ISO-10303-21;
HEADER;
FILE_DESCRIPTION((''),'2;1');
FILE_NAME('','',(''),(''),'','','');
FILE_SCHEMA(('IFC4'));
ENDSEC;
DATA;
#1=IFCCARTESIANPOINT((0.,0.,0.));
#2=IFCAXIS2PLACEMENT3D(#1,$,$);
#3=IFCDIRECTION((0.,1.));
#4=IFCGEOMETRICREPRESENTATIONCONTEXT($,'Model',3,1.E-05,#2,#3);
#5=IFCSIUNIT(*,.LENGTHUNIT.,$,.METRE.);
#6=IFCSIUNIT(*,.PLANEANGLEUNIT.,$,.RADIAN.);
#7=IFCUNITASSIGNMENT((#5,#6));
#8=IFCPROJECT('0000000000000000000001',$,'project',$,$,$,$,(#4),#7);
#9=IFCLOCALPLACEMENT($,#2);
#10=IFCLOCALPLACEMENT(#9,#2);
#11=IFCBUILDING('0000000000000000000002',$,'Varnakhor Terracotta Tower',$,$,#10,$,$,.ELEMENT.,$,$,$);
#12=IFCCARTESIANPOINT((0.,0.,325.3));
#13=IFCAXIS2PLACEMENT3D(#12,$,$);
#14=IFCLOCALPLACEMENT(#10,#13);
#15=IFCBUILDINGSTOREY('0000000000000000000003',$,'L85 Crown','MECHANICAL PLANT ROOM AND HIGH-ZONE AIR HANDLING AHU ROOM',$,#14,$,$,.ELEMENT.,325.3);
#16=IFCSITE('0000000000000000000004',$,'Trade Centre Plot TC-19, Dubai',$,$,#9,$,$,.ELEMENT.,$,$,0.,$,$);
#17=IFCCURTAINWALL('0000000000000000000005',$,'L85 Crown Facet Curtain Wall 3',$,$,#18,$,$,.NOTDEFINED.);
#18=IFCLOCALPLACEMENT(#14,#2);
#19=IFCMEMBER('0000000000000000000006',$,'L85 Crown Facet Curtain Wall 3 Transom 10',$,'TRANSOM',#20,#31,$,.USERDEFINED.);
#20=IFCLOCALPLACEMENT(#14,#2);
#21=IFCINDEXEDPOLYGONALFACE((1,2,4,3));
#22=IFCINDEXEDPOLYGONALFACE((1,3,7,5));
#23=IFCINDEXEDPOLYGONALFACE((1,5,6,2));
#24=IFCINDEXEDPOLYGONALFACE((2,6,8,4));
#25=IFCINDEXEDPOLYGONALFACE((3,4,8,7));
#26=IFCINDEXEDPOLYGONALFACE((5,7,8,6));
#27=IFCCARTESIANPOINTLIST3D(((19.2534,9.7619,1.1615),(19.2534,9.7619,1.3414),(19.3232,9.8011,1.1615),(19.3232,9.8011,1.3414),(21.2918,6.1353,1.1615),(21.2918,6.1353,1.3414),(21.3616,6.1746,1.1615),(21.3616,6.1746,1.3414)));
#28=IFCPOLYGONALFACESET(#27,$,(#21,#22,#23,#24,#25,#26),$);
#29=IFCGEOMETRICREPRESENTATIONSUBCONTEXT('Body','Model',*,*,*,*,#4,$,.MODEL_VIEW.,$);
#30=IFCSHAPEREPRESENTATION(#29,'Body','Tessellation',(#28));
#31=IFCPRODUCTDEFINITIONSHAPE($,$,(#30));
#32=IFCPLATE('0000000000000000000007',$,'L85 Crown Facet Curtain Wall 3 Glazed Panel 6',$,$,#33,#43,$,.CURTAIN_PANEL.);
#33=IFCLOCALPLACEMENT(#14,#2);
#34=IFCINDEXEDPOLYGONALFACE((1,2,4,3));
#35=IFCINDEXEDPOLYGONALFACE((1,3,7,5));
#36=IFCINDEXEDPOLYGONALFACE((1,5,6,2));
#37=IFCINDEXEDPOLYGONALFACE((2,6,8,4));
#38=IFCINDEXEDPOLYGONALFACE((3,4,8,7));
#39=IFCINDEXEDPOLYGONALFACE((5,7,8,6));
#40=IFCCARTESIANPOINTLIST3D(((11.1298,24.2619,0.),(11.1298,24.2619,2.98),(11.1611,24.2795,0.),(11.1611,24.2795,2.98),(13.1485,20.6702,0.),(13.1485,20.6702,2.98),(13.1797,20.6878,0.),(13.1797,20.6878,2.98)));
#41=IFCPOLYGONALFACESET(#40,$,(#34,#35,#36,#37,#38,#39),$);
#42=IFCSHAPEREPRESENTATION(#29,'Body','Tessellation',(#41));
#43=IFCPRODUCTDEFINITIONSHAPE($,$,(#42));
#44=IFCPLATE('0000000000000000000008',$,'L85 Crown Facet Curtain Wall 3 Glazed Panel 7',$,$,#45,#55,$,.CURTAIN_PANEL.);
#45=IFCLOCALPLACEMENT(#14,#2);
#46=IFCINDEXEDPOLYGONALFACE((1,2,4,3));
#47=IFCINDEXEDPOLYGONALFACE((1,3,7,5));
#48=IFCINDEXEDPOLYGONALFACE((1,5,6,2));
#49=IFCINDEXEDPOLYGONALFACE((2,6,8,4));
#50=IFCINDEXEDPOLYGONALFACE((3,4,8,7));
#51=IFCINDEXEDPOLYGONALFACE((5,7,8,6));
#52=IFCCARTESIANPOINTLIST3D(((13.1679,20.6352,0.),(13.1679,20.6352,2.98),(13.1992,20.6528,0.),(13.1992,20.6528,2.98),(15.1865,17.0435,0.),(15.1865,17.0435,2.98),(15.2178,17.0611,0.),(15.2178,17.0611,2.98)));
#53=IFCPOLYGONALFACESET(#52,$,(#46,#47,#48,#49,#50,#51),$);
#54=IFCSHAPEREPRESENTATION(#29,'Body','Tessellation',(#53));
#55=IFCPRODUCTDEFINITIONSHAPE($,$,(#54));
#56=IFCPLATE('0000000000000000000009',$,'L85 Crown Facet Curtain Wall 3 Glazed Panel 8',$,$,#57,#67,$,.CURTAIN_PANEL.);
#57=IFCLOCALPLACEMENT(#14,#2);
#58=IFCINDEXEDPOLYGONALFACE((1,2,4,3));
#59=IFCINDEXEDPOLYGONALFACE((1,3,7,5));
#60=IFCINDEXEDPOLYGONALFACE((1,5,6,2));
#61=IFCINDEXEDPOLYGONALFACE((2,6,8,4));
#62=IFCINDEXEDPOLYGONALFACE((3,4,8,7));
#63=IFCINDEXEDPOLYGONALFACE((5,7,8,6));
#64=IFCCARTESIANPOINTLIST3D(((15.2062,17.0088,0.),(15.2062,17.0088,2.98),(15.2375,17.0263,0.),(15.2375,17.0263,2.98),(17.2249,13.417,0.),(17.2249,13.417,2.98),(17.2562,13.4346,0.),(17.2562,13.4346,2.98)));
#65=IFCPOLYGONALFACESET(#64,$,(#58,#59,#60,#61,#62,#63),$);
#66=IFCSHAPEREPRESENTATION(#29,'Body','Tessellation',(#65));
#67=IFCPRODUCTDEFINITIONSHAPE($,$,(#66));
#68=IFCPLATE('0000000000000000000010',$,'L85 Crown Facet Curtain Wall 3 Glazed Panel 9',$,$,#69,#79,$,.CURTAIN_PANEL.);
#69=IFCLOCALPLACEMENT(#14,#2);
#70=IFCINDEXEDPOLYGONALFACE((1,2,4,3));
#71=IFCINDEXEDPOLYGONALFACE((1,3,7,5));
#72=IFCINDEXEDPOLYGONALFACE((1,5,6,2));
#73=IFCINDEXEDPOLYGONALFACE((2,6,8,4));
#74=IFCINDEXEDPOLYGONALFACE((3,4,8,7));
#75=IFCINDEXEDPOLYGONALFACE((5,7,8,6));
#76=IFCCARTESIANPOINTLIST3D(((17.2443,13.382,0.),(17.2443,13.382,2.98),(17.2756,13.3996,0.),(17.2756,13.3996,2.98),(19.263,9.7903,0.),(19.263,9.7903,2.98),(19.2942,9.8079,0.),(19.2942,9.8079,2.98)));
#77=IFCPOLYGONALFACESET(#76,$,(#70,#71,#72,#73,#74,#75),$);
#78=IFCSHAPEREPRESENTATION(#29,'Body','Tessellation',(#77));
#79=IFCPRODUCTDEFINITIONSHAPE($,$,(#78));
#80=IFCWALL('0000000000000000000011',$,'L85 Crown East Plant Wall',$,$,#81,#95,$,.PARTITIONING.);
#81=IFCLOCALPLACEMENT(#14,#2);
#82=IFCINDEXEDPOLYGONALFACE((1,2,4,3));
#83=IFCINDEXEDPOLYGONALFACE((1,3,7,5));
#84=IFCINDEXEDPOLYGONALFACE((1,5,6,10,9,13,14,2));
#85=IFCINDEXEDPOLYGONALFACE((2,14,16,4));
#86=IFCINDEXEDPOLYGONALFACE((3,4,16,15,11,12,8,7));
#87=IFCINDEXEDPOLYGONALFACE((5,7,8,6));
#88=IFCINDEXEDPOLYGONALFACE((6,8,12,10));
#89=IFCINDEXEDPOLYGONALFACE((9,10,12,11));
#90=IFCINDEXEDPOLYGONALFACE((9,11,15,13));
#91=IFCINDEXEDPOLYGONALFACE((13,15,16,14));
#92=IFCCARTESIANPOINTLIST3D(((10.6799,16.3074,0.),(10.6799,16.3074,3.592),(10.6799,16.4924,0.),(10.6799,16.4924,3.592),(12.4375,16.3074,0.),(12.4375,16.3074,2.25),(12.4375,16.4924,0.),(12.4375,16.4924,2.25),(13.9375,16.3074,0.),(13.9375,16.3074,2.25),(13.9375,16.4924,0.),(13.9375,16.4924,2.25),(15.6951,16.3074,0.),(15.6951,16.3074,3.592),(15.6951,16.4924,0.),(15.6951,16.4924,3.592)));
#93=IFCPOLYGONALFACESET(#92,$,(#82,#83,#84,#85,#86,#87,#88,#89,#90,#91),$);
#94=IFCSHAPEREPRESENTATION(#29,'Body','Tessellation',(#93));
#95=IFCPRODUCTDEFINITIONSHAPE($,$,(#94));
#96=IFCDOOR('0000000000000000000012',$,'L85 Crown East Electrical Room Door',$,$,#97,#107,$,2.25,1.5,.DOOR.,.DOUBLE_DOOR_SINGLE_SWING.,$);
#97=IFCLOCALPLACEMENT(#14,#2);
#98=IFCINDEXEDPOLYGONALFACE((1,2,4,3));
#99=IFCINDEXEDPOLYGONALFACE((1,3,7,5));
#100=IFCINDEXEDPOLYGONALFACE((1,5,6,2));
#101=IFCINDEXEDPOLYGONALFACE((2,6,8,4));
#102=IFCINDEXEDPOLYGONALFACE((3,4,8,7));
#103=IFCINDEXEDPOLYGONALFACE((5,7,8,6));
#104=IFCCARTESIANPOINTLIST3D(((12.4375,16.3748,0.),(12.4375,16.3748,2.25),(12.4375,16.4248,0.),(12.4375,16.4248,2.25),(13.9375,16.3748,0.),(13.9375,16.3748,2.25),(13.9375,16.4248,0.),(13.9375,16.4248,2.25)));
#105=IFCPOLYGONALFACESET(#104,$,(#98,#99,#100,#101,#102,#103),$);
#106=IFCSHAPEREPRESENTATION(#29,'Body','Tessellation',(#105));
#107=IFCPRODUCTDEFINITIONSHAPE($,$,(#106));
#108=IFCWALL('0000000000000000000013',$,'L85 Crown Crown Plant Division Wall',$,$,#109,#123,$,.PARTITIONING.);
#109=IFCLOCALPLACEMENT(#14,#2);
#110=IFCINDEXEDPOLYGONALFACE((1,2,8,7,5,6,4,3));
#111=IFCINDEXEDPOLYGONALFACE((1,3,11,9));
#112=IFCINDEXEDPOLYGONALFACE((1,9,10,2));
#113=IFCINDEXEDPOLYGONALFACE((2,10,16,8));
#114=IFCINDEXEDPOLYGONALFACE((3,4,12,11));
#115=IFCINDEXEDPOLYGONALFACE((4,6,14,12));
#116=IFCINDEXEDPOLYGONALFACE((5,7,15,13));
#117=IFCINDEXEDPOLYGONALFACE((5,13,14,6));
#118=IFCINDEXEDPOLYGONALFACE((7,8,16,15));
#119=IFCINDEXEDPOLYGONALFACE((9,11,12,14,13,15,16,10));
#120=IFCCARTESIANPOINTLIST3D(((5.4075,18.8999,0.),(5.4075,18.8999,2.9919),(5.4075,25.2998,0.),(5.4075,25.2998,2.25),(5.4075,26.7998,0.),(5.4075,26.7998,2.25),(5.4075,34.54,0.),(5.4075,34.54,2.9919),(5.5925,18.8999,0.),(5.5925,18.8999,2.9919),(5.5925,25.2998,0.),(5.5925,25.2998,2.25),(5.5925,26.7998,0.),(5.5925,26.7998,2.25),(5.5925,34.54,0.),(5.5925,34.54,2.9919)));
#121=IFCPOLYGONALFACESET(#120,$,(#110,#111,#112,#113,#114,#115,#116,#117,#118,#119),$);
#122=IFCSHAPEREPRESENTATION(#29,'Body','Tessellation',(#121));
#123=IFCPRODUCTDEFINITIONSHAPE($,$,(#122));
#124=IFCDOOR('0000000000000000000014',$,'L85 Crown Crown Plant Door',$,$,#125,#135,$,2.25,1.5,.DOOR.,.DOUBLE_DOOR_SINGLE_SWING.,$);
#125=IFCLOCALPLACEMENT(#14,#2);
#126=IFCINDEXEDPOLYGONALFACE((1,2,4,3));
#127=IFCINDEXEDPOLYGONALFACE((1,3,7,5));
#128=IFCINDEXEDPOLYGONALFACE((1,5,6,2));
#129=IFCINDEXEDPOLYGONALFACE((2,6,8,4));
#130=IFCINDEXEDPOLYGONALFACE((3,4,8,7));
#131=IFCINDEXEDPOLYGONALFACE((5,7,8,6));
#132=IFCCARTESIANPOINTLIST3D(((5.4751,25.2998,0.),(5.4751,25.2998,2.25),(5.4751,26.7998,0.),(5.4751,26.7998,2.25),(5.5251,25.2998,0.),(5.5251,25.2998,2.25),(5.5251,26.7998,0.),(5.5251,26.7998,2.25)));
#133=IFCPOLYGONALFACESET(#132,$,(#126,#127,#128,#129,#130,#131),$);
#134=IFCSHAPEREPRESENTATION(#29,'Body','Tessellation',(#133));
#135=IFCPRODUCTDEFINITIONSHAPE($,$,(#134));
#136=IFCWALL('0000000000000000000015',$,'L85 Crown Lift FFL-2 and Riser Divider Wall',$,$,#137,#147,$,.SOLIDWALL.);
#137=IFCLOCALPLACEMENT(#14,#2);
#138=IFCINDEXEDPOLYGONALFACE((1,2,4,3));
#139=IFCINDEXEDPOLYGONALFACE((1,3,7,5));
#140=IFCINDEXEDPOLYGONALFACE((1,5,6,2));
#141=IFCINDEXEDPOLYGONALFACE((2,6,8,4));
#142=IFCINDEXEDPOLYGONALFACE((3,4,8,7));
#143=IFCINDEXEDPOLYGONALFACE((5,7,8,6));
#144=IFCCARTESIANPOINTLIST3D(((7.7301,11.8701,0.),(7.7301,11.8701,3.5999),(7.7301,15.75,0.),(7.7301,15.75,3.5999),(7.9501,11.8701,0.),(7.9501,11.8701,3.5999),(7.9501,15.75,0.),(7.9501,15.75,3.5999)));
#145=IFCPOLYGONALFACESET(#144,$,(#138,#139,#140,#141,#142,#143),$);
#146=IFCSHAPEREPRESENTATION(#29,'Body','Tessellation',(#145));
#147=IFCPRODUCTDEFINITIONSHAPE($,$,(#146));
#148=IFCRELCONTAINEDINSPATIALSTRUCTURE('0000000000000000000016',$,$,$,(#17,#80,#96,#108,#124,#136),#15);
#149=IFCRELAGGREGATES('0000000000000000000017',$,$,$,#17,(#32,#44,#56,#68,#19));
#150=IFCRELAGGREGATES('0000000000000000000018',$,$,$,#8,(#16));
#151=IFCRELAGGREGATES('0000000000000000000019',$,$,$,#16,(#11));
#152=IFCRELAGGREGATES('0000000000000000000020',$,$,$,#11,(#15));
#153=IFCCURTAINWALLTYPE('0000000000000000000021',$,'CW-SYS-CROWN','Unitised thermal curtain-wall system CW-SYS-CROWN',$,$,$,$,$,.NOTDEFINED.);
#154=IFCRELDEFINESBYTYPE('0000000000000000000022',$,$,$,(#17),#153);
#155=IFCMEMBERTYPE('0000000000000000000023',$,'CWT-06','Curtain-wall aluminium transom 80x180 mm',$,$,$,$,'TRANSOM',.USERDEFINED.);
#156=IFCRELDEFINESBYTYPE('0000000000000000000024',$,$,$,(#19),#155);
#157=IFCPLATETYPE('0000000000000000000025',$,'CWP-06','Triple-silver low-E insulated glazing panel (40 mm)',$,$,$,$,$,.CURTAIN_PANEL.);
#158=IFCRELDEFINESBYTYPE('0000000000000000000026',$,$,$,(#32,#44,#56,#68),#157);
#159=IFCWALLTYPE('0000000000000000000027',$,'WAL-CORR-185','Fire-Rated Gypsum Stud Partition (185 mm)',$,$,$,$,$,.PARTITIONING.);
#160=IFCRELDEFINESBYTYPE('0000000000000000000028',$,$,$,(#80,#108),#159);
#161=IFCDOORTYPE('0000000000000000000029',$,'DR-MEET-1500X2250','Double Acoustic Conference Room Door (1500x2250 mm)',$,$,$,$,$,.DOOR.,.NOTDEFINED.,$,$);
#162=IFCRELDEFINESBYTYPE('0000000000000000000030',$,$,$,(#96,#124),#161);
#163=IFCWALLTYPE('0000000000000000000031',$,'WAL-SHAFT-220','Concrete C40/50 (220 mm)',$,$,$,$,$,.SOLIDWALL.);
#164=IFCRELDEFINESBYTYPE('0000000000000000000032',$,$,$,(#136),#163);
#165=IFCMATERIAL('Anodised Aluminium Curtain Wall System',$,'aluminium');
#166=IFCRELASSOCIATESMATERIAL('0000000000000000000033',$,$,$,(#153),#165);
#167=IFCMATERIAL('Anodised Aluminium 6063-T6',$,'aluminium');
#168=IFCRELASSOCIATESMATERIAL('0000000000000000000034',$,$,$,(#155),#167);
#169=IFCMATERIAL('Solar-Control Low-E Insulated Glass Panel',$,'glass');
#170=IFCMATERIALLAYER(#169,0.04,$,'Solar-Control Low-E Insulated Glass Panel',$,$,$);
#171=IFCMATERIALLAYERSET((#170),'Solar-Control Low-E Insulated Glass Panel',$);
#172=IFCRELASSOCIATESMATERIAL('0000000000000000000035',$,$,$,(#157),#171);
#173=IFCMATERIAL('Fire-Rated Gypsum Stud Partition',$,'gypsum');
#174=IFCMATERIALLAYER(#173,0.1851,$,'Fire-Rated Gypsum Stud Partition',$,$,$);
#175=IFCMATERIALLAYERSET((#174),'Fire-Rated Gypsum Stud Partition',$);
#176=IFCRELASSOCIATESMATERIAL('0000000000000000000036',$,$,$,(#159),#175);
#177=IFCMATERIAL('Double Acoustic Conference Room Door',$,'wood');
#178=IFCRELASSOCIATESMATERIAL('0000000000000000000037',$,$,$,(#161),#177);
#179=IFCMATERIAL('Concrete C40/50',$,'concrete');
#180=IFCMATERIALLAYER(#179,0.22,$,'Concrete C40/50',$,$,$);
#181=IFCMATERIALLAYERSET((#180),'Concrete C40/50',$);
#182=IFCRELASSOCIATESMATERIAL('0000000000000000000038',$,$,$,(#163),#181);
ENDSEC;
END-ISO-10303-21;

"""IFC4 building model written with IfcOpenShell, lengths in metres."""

from ifc_helpers import new_model, si_unit, direction, frame, frame_2d, origin, origin_2d, place, context, subcontext, project, spatial, rectangle, extrude, source, transform, mapped, material, layer, layer_set, material_profile, profile_set, type_object, type_shapes, element, fill, aggregate, save


model = new_model("IFC4")

# Units and contexts
model_context = context("Model", 3, precision=1e-05, world=origin(), true_north=direction((0.0, 1.0)))
body_context = subcontext(model_context, "Body", "Model", "MODEL_VIEW")
ifc_project = project(units=[si_unit("LENGTHUNIT", "METRE"), si_unit("PLANEANGLEUNIT", "RADIAN")], contexts=[model_context])

# Site, building, storey
site_placement = place(None, origin())
site = spatial("IfcSite", under=ifc_project, at=site_placement, Name="Trade Centre Plot TC-19, Dubai", CompositionType="ELEMENT", RefElevation=0.0)
building_placement = place(site_placement, origin())
building = spatial("IfcBuilding", under=site, at=building_placement, Name="Varnakhor Terracotta Tower", CompositionType="ELEMENT")
storey_placement = place(building_placement, frame((0.0, 0.0, 325.3)))
storey = spatial("IfcBuildingStorey", under=building, at=storey_placement, Name="L85 Crown", Description="MECHANICAL PLANT ROOM AND HIGH-ZONE AIR HANDLING AHU ROOM", CompositionType="ELEMENT", Elevation=325.3)

# Curtain wall, member, plates
ifc_material_1 = material(Name="Anodised Aluminium Curtain Wall System", Category="aluminium")
curtain_wall_type = type_object("IfcCurtainWallType", Name="CW-SYS-CROWN", Description="Unitised thermal curtain-wall system CW-SYS-CROWN", PredefinedType="NOTDEFINED", material=ifc_material_1)
curtain_wall_placement = place(storey_placement, origin())
curtain_wall = element("IfcCurtainWall", 1, at=curtain_wall_placement, inside=storey, type_object=curtain_wall_type, Name="L85 Crown Facet Curtain Wall 3", PredefinedType="NOTDEFINED")
ifc_material_2 = material(Name="Anodised Aluminium 6063-T6", Category="aluminium")
ifc_material_profile_1 = material_profile(ifc_material_2, rectangle(XDim=0.0801, YDim=0.1799, at=origin_2d()), Name="ALU TRANSOM 80x180")
ifc_profile_set_1 = profile_set([ifc_material_profile_1], Name="Anodised Aluminium 6063-T6")
member_type_1 = type_object("IfcMemberType", Name="CWT-06", Description="Curtain-wall aluminium transom 80x180 mm", ElementType="TRANSOM", PredefinedType="USERDEFINED", material=ifc_profile_set_1)
shared_shape_1 = source(origin(), body_context, "Body", "SweptSolid", [
    extrude(rectangle(XDim=0.0801, YDim=0.1799, at=origin_2d()), origin(), (0.0, 0.0, 1.0), 4.1602),
])
member_1_placement = place(storey_placement, frame((19.2883, 9.7815, 1.2515), z_axis=(0.489977, -0.871735, 0.0), x_axis=(0.871735, 0.489977, 0.0)))
member_1 = element("IfcMember", 2, at=member_1_placement, type_object=member_type_1, Name="L85 Crown Facet Curtain Wall 3 Transom 10", ObjectType="TRANSOM", PredefinedType="USERDEFINED", context=body_context, shape_type="MappedRepresentation", body=[
    mapped(shared_shape_1, transform((0.0, 0.0, 0.0), scale=1.0)),
])
ifc_material_3 = material(Name="Solar-Control Low-E Insulated Glass Panel", Category="glass")
ifc_layer_1 = layer(ifc_material_3, 0.04, Name="Solar-Control Low-E Insulated Glass Panel")
ifc_layer_set_1 = layer_set([ifc_layer_1], Name="Solar-Control Low-E Insulated Glass Panel")
plate_type = type_object("IfcPlateType", Name="CWP-06", Description="Triple-silver low-E insulated glazing panel (40 mm)", PredefinedType="CURTAIN_PANEL", material=ifc_layer_set_1)
shared_shape_2 = source(origin(), body_context, "Body", "SweptSolid", [
    extrude(rectangle(XDim=4.1201, YDim=0.0359, at=origin_2d()), origin(), (0.0, 0.0, 1.0), 2.98),
])
plate_1_placement = place(storey_placement, frame((12.1548, 22.4749, 0.0), z_axis=(0.0, 0.0, 1.0), x_axis=(0.489946, -0.871753, 0.0)))
plate_1 = element("IfcPlate", 3, at=plate_1_placement, type_object=plate_type, Name="L85 Crown Facet Curtain Wall 3 Glazed Panel 6", PredefinedType="CURTAIN_PANEL", context=body_context, shape_type="MappedRepresentation", body=[
    mapped(shared_shape_2, transform((0.0, 0.0, 0.0), scale=1.0)),
])
plate_2_placement = place(storey_placement, frame((14.1929, 18.8481, 0.0), z_axis=(0.0, 0.0, 1.0), x_axis=(0.489946, -0.871753, 0.0)))
plate_2 = element("IfcPlate", 4, at=plate_2_placement, type_object=plate_type, Name="L85 Crown Facet Curtain Wall 3 Glazed Panel 7", PredefinedType="CURTAIN_PANEL", context=body_context, shape_type="MappedRepresentation", body=[
    mapped(shared_shape_2, transform((0.0, 0.0, 0.0), scale=1.0)),
])
plate_3_placement = place(storey_placement, frame((16.2312, 15.2217, 0.0), z_axis=(0.0, 0.0, 1.0), x_axis=(0.489946, -0.871753, 0.0)))
plate_3 = element("IfcPlate", 5, at=plate_3_placement, type_object=plate_type, Name="L85 Crown Facet Curtain Wall 3 Glazed Panel 8", PredefinedType="CURTAIN_PANEL", context=body_context, shape_type="MappedRepresentation", body=[
    mapped(shared_shape_2, transform((0.0, 0.0, 0.0), scale=1.0)),
])
plate_4_placement = place(storey_placement, frame((18.2693, 11.595, 0.0), z_axis=(0.0, 0.0, 1.0), x_axis=(0.489946, -0.871753, 0.0)))
plate_4 = element("IfcPlate", 6, at=plate_4_placement, type_object=plate_type, Name="L85 Crown Facet Curtain Wall 3 Glazed Panel 9", PredefinedType="CURTAIN_PANEL", context=body_context, shape_type="MappedRepresentation", body=[
    mapped(shared_shape_2, transform((0.0, 0.0, 0.0), scale=1.0)),
])
aggregate(curtain_wall, [plate_1, plate_2, plate_3, plate_4, member_1])

# Walls, openings, doors
ifc_material_4 = material(Name="Fire-Rated Gypsum Stud Partition", Category="gypsum")
ifc_layer_2 = layer(ifc_material_4, 0.1851, Name="Fire-Rated Gypsum Stud Partition")
ifc_layer_set_2 = layer_set([ifc_layer_2], Name="Fire-Rated Gypsum Stud Partition")
wall_type_1 = type_object("IfcWallType", Name="WAL-CORR-185", Description="Fire-Rated Gypsum Stud Partition (185 mm)", PredefinedType="PARTITIONING", material=ifc_layer_set_2)
wall_1_placement = place(storey_placement, frame((10.6799, 16.3999, 0.0), z_axis=(0.0, 0.0, 1.0), x_axis=(1.0, 0.0, 0.0)))
wall_1 = element("IfcWall", 7, at=wall_1_placement, inside=storey, type_object=wall_type_1, Name="L85 Crown East Plant Wall", PredefinedType="PARTITIONING", context=body_context, shape_type="SweptSolid", body=[
    extrude(rectangle(XDim=5.0151, YDim=0.1851, at=frame_2d((2.5076, 0.0))), origin(), (0.0, 0.0, 1.0), 3.592),
])
opening_1_placement = place(wall_1_placement, frame((1.7576, 0.0, 0.0)))
opening_1 = element("IfcOpeningElement", 8, at=opening_1_placement, cuts=wall_1, PredefinedType="OPENING", context=body_context, shape_type="SweptSolid", body=[
    extrude(rectangle(XDim=1.5, YDim=2.25, at=frame_2d((0.75, 1.125))), frame((0.0, 0.1025, 0.0), z_axis=(0.0, -1.0, 0.0), x_axis=(1.0, 0.0, 0.0)), (0.0, 0.0, 1.0), 0.2051),
])
ifc_material_5 = material(Name="Double Acoustic Conference Room Door", Category="wood")
door_type_1 = type_object("IfcDoorType", Name="DR-MEET-1500X2250", Description="Double Acoustic Conference Room Door (1500x2250 mm)", OperationType="NOTDEFINED", PredefinedType="DOOR", material=ifc_material_5)
shared_shape_3 = source(origin(), body_context, "Body", "SweptSolid", [
    extrude(rectangle(XDim=1.5, YDim=2.25, at=frame_2d((0.75, 1.125))), frame((0.0, 0.0249, 0.0), z_axis=(0.0, -1.0, 0.0), x_axis=(1.0, 0.0, 0.0)), (0.0, 0.0, 1.0), 0.05),
])
type_shapes(door_type_1, [shared_shape_3])
door_1_placement = place(opening_1_placement, origin())
door_1 = element("IfcDoor", 9, at=door_1_placement, inside=storey, type_object=door_type_1, Name="L85 Crown East Electrical Room Door", OperationType="DOUBLE_DOOR_SINGLE_SWING", OverallHeight=2.25, OverallWidth=1.5, PredefinedType="DOOR", context=body_context, shape_type="MappedRepresentation", body=[
    mapped(shared_shape_3, transform((0.0, 0.0, 0.0), scale=1.0)),
])
fill(opening_1, door_1)
wall_2_placement = place(storey_placement, frame((5.5, 18.8999, 0.0), z_axis=(0.0, 0.0, 1.0), x_axis=(0.0, 1.0, 0.0)))
wall_2 = element("IfcWall", 10, at=wall_2_placement, inside=storey, type_object=wall_type_1, Name="L85 Crown Crown Plant Division Wall", PredefinedType="PARTITIONING", context=body_context, shape_type="SweptSolid", body=[
    extrude(rectangle(XDim=15.6401, YDim=0.1851, at=frame_2d((7.8201, 0.0))), origin(), (0.0, 0.0, 1.0), 2.9919),
])
opening_2_placement = place(wall_2_placement, frame((6.3999, 0.0, 0.0)))
opening_2 = element("IfcOpeningElement", 11, at=opening_2_placement, cuts=wall_2, PredefinedType="OPENING", context=body_context, shape_type="SweptSolid", body=[
    extrude(rectangle(XDim=1.5, YDim=2.25, at=frame_2d((0.75, 1.125))), frame((0.0, 0.1025, 0.0), z_axis=(0.0, -1.0, 0.0), x_axis=(1.0, 0.0, 0.0)), (0.0, 0.0, 1.0), 0.2051),
])
door_2_placement = place(opening_2_placement, origin())
door_2 = element("IfcDoor", 12, at=door_2_placement, inside=storey, type_object=door_type_1, Name="L85 Crown Crown Plant Door", OperationType="DOUBLE_DOOR_SINGLE_SWING", OverallHeight=2.25, OverallWidth=1.5, PredefinedType="DOOR", context=body_context, shape_type="MappedRepresentation", body=[
    mapped(shared_shape_3, transform((0.0, 0.0, 0.0), scale=1.0)),
])
fill(opening_2, door_2)

# Wall
ifc_material_6 = material(Name="Concrete C40/50", Category="concrete")
ifc_layer_3 = layer(ifc_material_6, 0.22, Name="Concrete C40/50")
ifc_layer_set_3 = layer_set([ifc_layer_3], Name="Concrete C40/50")
wall_type_2 = type_object("IfcWallType", Name="WAL-SHAFT-220", Description="Concrete C40/50 (220 mm)", PredefinedType="SOLIDWALL", material=ifc_layer_set_3)
wall_3_placement = place(storey_placement, frame((7.8401, 11.8701, 0.0), z_axis=(0.0, 0.0, 1.0), x_axis=(0.0, 1.0, 0.0)))
element("IfcWall", 13, at=wall_3_placement, inside=storey, type_object=wall_type_2, Name="L85 Crown Lift FFL-2 and Riser Divider Wall", PredefinedType="SOLIDWALL", context=body_context, shape_type="SweptSolid", body=[
    extrude(rectangle(XDim=3.8799, YDim=0.22, at=frame_2d((1.9399, 0.0))), origin(), (0.0, 0.0, 1.0), 3.5999),
])

save(model, "model.ifc")
